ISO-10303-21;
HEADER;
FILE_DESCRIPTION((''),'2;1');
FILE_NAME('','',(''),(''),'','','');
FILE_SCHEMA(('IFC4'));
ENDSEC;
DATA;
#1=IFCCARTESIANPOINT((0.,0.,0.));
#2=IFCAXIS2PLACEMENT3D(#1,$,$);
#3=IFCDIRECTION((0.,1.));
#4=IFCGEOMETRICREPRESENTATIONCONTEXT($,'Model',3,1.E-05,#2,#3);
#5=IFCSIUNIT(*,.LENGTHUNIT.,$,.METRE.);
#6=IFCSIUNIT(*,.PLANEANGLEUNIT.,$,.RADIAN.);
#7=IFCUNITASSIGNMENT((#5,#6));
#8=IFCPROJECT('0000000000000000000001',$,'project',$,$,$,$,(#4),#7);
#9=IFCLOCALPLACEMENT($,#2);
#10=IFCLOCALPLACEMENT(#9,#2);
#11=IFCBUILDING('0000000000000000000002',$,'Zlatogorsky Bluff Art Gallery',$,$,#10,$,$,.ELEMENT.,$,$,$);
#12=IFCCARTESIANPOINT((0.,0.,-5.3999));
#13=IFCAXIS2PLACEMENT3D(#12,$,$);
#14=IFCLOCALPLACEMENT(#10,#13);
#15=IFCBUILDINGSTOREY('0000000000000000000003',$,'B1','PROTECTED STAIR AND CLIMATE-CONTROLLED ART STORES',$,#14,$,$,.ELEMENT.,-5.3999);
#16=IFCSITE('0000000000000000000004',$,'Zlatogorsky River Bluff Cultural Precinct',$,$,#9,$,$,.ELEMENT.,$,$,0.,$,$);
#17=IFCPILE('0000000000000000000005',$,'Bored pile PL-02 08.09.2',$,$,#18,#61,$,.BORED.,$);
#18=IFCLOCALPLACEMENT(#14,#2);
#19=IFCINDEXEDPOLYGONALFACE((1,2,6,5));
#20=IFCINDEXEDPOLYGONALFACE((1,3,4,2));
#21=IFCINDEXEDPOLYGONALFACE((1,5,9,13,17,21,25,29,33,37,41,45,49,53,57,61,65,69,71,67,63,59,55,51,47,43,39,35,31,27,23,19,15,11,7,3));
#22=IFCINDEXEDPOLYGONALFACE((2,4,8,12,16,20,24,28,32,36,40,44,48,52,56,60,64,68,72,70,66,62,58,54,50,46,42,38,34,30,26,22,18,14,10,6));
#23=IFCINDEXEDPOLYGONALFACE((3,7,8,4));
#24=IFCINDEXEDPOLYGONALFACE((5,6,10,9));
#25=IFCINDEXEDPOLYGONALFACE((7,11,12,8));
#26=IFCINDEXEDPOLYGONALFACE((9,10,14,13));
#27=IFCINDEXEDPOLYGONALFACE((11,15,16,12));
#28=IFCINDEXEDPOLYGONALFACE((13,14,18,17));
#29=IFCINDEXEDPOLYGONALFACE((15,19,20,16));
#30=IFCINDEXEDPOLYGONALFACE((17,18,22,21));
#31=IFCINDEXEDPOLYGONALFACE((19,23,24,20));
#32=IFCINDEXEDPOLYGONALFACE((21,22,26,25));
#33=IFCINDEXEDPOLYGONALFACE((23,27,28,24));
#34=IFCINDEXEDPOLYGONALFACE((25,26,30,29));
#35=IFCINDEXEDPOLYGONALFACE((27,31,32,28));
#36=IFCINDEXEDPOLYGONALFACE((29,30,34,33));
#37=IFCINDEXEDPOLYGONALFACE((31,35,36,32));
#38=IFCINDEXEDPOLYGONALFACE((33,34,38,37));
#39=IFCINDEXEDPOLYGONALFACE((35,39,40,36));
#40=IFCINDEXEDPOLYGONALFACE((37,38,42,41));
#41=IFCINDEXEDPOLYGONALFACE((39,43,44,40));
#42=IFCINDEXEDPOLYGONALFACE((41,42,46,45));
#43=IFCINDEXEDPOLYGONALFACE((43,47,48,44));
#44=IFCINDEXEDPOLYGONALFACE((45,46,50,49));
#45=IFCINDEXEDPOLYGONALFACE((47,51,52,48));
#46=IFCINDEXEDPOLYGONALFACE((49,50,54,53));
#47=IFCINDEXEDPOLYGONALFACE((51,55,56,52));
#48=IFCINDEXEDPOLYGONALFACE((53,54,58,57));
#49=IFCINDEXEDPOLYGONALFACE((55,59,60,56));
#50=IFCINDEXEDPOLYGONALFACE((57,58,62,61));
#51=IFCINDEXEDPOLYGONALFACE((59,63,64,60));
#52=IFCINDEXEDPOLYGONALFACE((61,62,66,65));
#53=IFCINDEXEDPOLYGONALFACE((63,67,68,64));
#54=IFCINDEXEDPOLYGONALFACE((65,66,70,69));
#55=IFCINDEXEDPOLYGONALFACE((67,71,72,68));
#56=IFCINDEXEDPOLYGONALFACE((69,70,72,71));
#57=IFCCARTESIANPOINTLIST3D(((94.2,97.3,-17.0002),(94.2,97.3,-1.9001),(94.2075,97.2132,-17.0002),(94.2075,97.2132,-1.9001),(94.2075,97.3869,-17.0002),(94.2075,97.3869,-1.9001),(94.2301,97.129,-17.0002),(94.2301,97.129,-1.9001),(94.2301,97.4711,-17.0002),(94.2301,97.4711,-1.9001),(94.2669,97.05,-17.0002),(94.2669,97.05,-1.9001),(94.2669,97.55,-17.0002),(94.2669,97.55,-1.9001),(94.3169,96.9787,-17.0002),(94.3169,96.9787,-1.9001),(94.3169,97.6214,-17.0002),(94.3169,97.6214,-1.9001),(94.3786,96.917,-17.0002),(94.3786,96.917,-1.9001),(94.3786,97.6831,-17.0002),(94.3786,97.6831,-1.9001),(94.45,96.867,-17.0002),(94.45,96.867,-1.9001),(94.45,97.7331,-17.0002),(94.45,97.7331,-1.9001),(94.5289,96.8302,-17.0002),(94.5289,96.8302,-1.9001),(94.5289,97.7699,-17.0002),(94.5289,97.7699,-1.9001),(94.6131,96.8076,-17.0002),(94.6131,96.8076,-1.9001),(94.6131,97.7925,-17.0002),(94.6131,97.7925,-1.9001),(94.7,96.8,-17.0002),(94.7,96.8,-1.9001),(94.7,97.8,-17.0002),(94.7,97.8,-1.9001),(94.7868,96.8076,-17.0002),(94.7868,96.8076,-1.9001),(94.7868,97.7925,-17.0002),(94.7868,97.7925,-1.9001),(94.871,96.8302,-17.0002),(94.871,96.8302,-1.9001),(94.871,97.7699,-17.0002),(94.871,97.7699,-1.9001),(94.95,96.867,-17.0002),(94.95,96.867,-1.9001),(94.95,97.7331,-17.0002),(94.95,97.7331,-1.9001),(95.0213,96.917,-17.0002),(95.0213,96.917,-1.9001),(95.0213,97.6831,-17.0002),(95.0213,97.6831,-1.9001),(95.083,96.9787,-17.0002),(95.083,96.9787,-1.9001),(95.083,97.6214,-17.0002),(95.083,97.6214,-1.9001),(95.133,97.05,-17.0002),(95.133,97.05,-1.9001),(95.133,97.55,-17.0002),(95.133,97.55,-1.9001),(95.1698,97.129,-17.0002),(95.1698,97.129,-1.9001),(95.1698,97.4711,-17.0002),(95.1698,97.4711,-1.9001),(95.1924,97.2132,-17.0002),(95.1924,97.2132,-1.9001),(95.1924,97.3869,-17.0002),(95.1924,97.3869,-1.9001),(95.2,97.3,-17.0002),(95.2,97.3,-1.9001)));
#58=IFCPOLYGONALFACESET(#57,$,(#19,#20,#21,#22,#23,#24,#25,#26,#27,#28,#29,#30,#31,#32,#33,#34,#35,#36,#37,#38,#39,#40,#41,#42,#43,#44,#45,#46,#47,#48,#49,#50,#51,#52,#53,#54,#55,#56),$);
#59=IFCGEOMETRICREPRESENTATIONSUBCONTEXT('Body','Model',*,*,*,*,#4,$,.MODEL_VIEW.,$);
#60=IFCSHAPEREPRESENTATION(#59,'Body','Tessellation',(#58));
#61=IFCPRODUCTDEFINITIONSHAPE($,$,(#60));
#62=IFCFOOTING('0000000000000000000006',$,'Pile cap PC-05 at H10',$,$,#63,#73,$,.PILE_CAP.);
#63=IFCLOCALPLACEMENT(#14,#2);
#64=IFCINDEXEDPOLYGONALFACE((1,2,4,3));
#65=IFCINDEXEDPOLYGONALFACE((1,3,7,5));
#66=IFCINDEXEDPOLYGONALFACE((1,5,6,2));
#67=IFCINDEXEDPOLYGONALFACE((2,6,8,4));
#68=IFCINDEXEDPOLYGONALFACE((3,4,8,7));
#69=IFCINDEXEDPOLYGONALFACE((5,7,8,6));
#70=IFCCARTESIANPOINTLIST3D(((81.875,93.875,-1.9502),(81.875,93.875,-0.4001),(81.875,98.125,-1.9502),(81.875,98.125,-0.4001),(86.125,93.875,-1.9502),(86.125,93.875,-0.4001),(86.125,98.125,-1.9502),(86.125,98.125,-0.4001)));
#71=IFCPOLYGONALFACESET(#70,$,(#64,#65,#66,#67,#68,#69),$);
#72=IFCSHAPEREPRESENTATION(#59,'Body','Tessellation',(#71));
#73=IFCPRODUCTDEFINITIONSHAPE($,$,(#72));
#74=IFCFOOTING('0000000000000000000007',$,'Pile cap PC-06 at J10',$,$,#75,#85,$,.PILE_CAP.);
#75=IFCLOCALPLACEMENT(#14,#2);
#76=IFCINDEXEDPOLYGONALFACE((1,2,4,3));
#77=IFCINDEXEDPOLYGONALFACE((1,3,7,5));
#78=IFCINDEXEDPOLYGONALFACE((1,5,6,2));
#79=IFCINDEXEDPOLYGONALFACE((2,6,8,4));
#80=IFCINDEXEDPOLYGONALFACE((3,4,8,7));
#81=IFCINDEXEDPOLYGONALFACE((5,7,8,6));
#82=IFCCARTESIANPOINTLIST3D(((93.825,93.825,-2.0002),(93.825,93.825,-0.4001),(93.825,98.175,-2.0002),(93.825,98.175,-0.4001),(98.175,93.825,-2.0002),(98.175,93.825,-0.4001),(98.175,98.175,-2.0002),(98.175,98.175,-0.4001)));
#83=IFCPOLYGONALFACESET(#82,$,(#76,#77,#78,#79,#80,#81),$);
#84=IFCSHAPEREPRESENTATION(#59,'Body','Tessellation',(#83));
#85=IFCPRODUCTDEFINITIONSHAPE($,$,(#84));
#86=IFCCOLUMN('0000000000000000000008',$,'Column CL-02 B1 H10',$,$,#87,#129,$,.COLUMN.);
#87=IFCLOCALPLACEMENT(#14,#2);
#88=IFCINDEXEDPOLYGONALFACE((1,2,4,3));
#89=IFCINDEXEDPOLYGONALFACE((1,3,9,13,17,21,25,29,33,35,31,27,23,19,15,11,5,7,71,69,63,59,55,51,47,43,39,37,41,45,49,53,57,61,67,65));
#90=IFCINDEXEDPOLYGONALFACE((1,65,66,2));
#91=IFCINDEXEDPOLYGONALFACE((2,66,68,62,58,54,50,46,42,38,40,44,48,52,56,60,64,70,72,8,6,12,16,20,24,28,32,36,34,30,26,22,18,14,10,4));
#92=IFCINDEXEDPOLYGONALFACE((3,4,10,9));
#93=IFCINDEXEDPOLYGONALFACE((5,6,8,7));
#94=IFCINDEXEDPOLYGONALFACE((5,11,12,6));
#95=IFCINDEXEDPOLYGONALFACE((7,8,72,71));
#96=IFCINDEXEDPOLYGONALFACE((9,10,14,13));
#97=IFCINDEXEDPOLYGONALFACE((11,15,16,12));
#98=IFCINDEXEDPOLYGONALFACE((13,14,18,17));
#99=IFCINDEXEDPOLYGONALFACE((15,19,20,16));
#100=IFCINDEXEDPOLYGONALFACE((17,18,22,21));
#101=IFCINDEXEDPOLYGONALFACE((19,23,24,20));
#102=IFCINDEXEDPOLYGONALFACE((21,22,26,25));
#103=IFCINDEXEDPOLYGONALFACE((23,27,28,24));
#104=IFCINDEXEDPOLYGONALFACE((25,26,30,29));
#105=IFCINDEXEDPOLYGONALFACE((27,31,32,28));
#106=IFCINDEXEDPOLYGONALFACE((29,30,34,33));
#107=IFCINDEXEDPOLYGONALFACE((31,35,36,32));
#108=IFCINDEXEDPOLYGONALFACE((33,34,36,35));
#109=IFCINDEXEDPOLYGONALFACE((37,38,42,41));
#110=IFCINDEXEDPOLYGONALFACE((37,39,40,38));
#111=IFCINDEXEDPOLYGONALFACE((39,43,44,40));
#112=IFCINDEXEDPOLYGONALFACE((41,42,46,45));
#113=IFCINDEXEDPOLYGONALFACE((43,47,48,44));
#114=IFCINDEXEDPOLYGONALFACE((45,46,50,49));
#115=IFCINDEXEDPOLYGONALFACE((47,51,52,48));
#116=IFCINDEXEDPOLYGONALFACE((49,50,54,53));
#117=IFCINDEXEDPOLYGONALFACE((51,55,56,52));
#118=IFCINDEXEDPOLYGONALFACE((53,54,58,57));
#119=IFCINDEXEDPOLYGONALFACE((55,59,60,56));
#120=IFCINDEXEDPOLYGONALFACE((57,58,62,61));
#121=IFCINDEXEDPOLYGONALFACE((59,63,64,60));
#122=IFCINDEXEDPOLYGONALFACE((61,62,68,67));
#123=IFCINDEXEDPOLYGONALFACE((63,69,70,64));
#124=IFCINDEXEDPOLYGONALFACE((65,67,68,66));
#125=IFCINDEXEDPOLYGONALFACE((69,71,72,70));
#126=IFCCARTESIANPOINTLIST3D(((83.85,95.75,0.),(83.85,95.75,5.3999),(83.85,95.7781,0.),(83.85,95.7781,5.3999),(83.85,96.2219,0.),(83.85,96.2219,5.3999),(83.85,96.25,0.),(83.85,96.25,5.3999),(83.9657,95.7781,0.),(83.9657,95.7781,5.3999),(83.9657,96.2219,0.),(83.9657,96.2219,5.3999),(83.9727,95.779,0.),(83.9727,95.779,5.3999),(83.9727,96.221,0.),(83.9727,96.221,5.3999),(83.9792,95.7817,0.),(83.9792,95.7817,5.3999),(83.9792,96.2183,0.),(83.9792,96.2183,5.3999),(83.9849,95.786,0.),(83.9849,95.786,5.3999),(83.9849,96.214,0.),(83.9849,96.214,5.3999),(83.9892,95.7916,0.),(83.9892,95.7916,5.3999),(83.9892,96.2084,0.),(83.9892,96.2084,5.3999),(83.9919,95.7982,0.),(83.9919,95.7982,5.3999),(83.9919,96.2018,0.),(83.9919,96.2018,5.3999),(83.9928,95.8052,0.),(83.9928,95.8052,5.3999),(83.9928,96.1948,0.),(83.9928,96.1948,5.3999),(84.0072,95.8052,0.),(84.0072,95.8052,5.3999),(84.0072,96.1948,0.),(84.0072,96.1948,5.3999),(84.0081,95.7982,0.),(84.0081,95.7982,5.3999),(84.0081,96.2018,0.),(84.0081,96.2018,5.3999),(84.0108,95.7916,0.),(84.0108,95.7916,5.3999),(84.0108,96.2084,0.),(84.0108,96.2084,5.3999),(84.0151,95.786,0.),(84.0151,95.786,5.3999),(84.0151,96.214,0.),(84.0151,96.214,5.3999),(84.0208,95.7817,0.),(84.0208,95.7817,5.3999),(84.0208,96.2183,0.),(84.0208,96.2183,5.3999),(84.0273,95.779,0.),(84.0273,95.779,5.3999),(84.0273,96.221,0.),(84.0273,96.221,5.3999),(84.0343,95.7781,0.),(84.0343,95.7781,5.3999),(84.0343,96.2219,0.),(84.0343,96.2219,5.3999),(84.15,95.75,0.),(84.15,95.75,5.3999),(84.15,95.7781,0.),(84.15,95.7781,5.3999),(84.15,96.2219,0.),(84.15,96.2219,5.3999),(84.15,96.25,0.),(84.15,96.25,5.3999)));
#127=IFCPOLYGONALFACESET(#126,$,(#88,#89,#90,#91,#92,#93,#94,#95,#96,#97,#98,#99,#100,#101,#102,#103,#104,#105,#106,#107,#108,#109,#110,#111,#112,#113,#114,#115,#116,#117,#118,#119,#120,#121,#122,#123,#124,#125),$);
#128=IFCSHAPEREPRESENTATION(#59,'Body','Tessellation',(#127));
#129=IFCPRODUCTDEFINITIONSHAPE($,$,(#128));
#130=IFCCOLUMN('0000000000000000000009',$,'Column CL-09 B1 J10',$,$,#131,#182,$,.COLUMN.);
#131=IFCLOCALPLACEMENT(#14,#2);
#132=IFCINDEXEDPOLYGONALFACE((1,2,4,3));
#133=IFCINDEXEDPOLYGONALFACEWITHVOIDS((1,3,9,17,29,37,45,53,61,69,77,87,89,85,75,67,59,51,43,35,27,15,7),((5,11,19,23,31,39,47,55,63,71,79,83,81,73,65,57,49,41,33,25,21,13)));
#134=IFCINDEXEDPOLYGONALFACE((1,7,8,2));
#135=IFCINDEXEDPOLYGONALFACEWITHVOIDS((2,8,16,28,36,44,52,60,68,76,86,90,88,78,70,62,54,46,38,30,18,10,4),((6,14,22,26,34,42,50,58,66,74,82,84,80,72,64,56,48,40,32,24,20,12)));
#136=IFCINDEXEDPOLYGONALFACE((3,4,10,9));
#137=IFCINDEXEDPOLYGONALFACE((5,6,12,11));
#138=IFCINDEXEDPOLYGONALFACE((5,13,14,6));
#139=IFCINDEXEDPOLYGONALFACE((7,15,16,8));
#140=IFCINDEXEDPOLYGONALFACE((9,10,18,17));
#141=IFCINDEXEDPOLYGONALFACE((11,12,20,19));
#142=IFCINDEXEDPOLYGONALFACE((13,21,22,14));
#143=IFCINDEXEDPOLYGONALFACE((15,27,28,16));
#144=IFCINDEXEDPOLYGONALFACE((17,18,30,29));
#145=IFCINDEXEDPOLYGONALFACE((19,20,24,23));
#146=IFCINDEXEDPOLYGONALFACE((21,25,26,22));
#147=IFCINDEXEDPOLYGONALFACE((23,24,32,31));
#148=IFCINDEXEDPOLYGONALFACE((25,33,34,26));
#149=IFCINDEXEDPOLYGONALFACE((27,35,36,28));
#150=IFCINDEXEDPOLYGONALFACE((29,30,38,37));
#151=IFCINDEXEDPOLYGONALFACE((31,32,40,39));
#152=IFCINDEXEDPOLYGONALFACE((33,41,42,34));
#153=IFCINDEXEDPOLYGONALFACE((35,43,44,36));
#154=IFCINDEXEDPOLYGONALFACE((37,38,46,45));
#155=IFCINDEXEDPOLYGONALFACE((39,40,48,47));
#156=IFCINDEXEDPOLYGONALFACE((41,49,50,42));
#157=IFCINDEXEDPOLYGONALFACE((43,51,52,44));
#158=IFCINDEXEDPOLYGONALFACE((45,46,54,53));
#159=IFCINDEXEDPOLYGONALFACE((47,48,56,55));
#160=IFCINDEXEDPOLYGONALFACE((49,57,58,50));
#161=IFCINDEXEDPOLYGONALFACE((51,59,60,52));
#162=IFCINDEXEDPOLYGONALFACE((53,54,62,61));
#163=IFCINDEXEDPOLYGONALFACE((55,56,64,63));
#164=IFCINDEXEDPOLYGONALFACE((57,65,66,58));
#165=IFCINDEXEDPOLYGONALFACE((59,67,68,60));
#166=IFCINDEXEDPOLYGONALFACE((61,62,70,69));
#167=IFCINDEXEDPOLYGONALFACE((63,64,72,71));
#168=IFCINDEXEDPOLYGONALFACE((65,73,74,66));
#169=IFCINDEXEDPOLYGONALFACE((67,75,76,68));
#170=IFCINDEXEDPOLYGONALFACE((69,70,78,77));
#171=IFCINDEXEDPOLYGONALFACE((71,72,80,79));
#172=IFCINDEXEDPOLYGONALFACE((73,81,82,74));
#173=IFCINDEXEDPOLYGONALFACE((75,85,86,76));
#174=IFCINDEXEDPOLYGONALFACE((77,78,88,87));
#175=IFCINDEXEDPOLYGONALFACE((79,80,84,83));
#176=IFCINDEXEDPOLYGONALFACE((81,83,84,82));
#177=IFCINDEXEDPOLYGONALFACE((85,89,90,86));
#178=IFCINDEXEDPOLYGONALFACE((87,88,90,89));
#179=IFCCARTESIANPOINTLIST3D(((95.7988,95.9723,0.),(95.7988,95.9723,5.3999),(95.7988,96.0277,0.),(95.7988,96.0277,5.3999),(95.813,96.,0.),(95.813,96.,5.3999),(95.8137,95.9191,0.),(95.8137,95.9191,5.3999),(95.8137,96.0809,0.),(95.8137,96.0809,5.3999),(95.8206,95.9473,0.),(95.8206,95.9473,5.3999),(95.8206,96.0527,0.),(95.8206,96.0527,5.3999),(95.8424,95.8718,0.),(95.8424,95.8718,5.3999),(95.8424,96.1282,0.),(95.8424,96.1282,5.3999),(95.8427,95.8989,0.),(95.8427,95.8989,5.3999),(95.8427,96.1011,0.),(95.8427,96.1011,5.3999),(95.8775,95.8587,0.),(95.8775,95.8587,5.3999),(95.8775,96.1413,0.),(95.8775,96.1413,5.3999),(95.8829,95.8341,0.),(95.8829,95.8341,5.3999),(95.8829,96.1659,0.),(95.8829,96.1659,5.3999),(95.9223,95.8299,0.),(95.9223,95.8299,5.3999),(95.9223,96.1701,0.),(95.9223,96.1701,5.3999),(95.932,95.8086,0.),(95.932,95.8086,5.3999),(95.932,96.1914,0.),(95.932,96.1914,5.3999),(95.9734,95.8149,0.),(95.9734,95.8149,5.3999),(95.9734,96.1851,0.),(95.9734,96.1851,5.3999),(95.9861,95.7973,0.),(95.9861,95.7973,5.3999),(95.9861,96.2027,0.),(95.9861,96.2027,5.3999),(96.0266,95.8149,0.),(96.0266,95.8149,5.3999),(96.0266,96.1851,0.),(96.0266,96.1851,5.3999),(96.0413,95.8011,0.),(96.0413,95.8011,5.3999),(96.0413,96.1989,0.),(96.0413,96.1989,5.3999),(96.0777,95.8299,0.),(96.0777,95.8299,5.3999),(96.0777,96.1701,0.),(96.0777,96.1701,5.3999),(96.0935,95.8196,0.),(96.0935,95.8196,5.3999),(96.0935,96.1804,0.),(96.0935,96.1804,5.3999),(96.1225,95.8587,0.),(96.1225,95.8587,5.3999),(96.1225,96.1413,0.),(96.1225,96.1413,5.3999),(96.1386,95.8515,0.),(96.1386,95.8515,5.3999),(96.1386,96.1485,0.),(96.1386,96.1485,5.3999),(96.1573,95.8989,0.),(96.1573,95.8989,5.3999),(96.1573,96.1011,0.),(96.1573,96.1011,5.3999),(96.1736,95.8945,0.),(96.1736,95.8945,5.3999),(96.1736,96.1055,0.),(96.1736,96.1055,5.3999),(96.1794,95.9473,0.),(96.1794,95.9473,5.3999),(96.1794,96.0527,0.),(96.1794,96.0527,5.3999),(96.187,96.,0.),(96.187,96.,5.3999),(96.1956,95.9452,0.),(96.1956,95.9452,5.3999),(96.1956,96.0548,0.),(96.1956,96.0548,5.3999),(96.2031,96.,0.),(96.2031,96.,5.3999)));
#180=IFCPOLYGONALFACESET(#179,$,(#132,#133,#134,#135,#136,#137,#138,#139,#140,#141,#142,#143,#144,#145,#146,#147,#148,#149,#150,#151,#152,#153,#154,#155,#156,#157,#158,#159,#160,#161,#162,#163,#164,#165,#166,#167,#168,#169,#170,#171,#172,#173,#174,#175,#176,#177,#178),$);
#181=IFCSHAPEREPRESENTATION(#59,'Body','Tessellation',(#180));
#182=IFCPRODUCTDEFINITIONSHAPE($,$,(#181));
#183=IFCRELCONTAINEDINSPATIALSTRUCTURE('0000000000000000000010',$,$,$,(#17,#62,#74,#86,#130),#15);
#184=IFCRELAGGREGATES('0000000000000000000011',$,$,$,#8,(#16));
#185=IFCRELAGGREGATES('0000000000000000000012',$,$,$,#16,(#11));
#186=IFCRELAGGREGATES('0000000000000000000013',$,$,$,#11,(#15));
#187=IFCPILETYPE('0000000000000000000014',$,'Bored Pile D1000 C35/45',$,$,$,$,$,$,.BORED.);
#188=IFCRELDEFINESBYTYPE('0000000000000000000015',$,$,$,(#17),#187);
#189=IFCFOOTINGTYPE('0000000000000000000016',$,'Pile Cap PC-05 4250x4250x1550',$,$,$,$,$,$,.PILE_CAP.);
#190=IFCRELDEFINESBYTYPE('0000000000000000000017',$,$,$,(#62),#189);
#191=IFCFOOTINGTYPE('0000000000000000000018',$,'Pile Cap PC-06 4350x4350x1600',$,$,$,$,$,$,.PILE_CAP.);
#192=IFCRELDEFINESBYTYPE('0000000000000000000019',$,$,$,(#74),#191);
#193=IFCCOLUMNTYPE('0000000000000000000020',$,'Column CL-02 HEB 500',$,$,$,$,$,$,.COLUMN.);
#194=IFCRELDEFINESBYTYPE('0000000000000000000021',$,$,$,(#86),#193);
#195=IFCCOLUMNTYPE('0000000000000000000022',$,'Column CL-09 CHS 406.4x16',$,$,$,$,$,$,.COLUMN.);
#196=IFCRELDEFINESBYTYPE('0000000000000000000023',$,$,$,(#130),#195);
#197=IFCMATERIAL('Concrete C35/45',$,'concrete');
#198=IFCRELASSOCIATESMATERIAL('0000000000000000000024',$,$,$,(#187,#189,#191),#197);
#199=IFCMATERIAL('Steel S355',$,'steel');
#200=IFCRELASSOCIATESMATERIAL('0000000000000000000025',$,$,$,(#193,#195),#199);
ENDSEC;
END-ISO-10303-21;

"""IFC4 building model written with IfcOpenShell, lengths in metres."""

from ifc_helpers import new_model, si_unit, direction, frame, origin, origin_2d, place, context, subcontext, project, spatial, rectangle, circle, hollow_circle, i_section, extrude, material, material_profile, profile_set, type_object, element, save


model = new_model("IFC4")

# Units and contexts
model_context = context("Model", 3, precision=1e-05, world=origin(), true_north=direction((0.0, 1.0)))
body_context = subcontext(model_context, "Body", "Model", "MODEL_VIEW")
ifc_project = project(units=[si_unit("LENGTHUNIT", "METRE"), si_unit("PLANEANGLEUNIT", "RADIAN")], contexts=[model_context])

# Site, building, storey
site_placement = place(None, origin())
site = spatial("IfcSite", under=ifc_project, at=site_placement, Name="Zlatogorsky River Bluff Cultural Precinct", CompositionType="ELEMENT", RefElevation=0.0)
building_placement = place(site_placement, origin())
building = spatial("IfcBuilding", under=site, at=building_placement, Name="Zlatogorsky Bluff Art Gallery", CompositionType="ELEMENT")
storey_placement = place(building_placement, frame((0.0, 0.0, -5.3999)))
storey = spatial("IfcBuildingStorey", under=building, at=storey_placement, Name="B1", Description="PROTECTED STAIR AND CLIMATE-CONTROLLED ART STORES", CompositionType="ELEMENT", Elevation=-5.3999)

# Pile
ifc_material_1 = material(Name="Concrete C35/45", Category="concrete")
ifc_material_profile_1 = material_profile(ifc_material_1, circle(Radius=0.5, at=origin_2d()), Name="BORED PILE D1000")
ifc_profile_set_1 = profile_set([ifc_material_profile_1], Name="Concrete C35/45")
pile_type = type_object("IfcPileType", Name="Bored Pile D1000 C35/45", PredefinedType="BORED", material=ifc_profile_set_1)
for number, where, z_axis, x_axis, name in (
    (1, (94.7, 97.3, -1.9001), (0.0, 0.0, -1.0), (1.0, 0.0, 0.0), "Bored pile PL-02 08.09.2"),
):
    element("IfcPile", number, at=place(storey_placement, frame(where, z_axis=z_axis, x_axis=x_axis)), inside=storey, type_object=pile_type, Name=name, PredefinedType="BORED", context=body_context, shape_type="SweptSolid", body=[
        extrude(circle(Radius=0.5, at=origin_2d()), origin(), (0.0, 0.0, 1.0), 15.1001),
    ])

# Footings
footing_type_1 = type_object("IfcFootingType", Name="Pile Cap PC-05 4250x4250x1550", PredefinedType="PILE_CAP", material=ifc_material_1)
footing_1_placement = place(storey_placement, frame((84.0, 96.0, -1.9502), z_axis=(0.0, 0.0, 1.0), x_axis=(1.0, 0.0, 0.0)))
element("IfcFooting", 2, at=footing_1_placement, inside=storey, type_object=footing_type_1, Name="Pile cap PC-05 at H10", PredefinedType="PILE_CAP", context=body_context, shape_type="SweptSolid", body=[
    extrude(rectangle(XDim=4.25, YDim=4.25, at=origin_2d()), origin(), (0.0, 0.0, 1.0), 1.55),
])
footing_type_2 = type_object("IfcFootingType", Name="Pile Cap PC-06 4350x4350x1600", PredefinedType="PILE_CAP", material=ifc_material_1)
footing_2_placement = place(storey_placement, frame((96.0, 96.0, -2.0002), z_axis=(0.0, 0.0, 1.0), x_axis=(1.0, 0.0, 0.0)))
element("IfcFooting", 3, at=footing_2_placement, inside=storey, type_object=footing_type_2, Name="Pile cap PC-06 at J10", PredefinedType="PILE_CAP", context=body_context, shape_type="SweptSolid", body=[
    extrude(rectangle(XDim=4.3501, YDim=4.3501, at=origin_2d()), origin(), (0.0, 0.0, 1.0), 1.6001),
])

# Columns
ifc_material_2 = material(Name="Steel S355", Category="steel")
ifc_material_profile_2 = material_profile(ifc_material_2, i_section(OverallWidth=0.3, OverallDepth=0.5, WebThickness=0.0144, FlangeThickness=0.0281, FilletRadius=0.0271, at=origin_2d()), Name="HEB 500")
ifc_profile_set_2 = profile_set([ifc_material_profile_2], Name="Steel S355")
column_type_1 = type_object("IfcColumnType", Name="Column CL-02 HEB 500", PredefinedType="COLUMN", material=ifc_profile_set_2)
column_1_placement = place(storey_placement, frame((84.0, 96.0, 0.0), z_axis=(0.0, 0.0, 1.0), x_axis=(1.0, 0.0, 0.0)))
element("IfcColumn", 4, at=column_1_placement, inside=storey, type_object=column_type_1, Name="Column CL-02 B1 H10", PredefinedType="COLUMN", context=body_context, shape_type="SweptSolid", body=[
    extrude(i_section(OverallWidth=0.3, OverallDepth=0.5, WebThickness=0.0144, FlangeThickness=0.0281, FilletRadius=0.0271, at=origin_2d()), origin(), (0.0, 0.0, 1.0), 5.3999),
])
ifc_material_profile_3 = material_profile(ifc_material_2, hollow_circle(Radius=0.2031, WallThickness=0.0161, at=origin_2d()), Name="CHS 406.4x16")
ifc_profile_set_3 = profile_set([ifc_material_profile_3], Name="Steel S355")
column_type_2 = type_object("IfcColumnType", Name="Column CL-09 CHS 406.4x16", PredefinedType="COLUMN", material=ifc_profile_set_3)
column_2_placement = place(storey_placement, frame((96.0, 96.0, 0.0), z_axis=(0.0, 0.0, 1.0), x_axis=(1.0, 0.0, 0.0)))
element("IfcColumn", 5, at=column_2_placement, inside=storey, type_object=column_type_2, Name="Column CL-09 B1 J10", PredefinedType="COLUMN", context=body_context, shape_type="SweptSolid", body=[
    extrude(hollow_circle(Radius=0.2031, WallThickness=0.0161, at=origin_2d()), origin(), (0.0, 0.0, 1.0), 5.3999),
])

save(model, "model.ifc")
